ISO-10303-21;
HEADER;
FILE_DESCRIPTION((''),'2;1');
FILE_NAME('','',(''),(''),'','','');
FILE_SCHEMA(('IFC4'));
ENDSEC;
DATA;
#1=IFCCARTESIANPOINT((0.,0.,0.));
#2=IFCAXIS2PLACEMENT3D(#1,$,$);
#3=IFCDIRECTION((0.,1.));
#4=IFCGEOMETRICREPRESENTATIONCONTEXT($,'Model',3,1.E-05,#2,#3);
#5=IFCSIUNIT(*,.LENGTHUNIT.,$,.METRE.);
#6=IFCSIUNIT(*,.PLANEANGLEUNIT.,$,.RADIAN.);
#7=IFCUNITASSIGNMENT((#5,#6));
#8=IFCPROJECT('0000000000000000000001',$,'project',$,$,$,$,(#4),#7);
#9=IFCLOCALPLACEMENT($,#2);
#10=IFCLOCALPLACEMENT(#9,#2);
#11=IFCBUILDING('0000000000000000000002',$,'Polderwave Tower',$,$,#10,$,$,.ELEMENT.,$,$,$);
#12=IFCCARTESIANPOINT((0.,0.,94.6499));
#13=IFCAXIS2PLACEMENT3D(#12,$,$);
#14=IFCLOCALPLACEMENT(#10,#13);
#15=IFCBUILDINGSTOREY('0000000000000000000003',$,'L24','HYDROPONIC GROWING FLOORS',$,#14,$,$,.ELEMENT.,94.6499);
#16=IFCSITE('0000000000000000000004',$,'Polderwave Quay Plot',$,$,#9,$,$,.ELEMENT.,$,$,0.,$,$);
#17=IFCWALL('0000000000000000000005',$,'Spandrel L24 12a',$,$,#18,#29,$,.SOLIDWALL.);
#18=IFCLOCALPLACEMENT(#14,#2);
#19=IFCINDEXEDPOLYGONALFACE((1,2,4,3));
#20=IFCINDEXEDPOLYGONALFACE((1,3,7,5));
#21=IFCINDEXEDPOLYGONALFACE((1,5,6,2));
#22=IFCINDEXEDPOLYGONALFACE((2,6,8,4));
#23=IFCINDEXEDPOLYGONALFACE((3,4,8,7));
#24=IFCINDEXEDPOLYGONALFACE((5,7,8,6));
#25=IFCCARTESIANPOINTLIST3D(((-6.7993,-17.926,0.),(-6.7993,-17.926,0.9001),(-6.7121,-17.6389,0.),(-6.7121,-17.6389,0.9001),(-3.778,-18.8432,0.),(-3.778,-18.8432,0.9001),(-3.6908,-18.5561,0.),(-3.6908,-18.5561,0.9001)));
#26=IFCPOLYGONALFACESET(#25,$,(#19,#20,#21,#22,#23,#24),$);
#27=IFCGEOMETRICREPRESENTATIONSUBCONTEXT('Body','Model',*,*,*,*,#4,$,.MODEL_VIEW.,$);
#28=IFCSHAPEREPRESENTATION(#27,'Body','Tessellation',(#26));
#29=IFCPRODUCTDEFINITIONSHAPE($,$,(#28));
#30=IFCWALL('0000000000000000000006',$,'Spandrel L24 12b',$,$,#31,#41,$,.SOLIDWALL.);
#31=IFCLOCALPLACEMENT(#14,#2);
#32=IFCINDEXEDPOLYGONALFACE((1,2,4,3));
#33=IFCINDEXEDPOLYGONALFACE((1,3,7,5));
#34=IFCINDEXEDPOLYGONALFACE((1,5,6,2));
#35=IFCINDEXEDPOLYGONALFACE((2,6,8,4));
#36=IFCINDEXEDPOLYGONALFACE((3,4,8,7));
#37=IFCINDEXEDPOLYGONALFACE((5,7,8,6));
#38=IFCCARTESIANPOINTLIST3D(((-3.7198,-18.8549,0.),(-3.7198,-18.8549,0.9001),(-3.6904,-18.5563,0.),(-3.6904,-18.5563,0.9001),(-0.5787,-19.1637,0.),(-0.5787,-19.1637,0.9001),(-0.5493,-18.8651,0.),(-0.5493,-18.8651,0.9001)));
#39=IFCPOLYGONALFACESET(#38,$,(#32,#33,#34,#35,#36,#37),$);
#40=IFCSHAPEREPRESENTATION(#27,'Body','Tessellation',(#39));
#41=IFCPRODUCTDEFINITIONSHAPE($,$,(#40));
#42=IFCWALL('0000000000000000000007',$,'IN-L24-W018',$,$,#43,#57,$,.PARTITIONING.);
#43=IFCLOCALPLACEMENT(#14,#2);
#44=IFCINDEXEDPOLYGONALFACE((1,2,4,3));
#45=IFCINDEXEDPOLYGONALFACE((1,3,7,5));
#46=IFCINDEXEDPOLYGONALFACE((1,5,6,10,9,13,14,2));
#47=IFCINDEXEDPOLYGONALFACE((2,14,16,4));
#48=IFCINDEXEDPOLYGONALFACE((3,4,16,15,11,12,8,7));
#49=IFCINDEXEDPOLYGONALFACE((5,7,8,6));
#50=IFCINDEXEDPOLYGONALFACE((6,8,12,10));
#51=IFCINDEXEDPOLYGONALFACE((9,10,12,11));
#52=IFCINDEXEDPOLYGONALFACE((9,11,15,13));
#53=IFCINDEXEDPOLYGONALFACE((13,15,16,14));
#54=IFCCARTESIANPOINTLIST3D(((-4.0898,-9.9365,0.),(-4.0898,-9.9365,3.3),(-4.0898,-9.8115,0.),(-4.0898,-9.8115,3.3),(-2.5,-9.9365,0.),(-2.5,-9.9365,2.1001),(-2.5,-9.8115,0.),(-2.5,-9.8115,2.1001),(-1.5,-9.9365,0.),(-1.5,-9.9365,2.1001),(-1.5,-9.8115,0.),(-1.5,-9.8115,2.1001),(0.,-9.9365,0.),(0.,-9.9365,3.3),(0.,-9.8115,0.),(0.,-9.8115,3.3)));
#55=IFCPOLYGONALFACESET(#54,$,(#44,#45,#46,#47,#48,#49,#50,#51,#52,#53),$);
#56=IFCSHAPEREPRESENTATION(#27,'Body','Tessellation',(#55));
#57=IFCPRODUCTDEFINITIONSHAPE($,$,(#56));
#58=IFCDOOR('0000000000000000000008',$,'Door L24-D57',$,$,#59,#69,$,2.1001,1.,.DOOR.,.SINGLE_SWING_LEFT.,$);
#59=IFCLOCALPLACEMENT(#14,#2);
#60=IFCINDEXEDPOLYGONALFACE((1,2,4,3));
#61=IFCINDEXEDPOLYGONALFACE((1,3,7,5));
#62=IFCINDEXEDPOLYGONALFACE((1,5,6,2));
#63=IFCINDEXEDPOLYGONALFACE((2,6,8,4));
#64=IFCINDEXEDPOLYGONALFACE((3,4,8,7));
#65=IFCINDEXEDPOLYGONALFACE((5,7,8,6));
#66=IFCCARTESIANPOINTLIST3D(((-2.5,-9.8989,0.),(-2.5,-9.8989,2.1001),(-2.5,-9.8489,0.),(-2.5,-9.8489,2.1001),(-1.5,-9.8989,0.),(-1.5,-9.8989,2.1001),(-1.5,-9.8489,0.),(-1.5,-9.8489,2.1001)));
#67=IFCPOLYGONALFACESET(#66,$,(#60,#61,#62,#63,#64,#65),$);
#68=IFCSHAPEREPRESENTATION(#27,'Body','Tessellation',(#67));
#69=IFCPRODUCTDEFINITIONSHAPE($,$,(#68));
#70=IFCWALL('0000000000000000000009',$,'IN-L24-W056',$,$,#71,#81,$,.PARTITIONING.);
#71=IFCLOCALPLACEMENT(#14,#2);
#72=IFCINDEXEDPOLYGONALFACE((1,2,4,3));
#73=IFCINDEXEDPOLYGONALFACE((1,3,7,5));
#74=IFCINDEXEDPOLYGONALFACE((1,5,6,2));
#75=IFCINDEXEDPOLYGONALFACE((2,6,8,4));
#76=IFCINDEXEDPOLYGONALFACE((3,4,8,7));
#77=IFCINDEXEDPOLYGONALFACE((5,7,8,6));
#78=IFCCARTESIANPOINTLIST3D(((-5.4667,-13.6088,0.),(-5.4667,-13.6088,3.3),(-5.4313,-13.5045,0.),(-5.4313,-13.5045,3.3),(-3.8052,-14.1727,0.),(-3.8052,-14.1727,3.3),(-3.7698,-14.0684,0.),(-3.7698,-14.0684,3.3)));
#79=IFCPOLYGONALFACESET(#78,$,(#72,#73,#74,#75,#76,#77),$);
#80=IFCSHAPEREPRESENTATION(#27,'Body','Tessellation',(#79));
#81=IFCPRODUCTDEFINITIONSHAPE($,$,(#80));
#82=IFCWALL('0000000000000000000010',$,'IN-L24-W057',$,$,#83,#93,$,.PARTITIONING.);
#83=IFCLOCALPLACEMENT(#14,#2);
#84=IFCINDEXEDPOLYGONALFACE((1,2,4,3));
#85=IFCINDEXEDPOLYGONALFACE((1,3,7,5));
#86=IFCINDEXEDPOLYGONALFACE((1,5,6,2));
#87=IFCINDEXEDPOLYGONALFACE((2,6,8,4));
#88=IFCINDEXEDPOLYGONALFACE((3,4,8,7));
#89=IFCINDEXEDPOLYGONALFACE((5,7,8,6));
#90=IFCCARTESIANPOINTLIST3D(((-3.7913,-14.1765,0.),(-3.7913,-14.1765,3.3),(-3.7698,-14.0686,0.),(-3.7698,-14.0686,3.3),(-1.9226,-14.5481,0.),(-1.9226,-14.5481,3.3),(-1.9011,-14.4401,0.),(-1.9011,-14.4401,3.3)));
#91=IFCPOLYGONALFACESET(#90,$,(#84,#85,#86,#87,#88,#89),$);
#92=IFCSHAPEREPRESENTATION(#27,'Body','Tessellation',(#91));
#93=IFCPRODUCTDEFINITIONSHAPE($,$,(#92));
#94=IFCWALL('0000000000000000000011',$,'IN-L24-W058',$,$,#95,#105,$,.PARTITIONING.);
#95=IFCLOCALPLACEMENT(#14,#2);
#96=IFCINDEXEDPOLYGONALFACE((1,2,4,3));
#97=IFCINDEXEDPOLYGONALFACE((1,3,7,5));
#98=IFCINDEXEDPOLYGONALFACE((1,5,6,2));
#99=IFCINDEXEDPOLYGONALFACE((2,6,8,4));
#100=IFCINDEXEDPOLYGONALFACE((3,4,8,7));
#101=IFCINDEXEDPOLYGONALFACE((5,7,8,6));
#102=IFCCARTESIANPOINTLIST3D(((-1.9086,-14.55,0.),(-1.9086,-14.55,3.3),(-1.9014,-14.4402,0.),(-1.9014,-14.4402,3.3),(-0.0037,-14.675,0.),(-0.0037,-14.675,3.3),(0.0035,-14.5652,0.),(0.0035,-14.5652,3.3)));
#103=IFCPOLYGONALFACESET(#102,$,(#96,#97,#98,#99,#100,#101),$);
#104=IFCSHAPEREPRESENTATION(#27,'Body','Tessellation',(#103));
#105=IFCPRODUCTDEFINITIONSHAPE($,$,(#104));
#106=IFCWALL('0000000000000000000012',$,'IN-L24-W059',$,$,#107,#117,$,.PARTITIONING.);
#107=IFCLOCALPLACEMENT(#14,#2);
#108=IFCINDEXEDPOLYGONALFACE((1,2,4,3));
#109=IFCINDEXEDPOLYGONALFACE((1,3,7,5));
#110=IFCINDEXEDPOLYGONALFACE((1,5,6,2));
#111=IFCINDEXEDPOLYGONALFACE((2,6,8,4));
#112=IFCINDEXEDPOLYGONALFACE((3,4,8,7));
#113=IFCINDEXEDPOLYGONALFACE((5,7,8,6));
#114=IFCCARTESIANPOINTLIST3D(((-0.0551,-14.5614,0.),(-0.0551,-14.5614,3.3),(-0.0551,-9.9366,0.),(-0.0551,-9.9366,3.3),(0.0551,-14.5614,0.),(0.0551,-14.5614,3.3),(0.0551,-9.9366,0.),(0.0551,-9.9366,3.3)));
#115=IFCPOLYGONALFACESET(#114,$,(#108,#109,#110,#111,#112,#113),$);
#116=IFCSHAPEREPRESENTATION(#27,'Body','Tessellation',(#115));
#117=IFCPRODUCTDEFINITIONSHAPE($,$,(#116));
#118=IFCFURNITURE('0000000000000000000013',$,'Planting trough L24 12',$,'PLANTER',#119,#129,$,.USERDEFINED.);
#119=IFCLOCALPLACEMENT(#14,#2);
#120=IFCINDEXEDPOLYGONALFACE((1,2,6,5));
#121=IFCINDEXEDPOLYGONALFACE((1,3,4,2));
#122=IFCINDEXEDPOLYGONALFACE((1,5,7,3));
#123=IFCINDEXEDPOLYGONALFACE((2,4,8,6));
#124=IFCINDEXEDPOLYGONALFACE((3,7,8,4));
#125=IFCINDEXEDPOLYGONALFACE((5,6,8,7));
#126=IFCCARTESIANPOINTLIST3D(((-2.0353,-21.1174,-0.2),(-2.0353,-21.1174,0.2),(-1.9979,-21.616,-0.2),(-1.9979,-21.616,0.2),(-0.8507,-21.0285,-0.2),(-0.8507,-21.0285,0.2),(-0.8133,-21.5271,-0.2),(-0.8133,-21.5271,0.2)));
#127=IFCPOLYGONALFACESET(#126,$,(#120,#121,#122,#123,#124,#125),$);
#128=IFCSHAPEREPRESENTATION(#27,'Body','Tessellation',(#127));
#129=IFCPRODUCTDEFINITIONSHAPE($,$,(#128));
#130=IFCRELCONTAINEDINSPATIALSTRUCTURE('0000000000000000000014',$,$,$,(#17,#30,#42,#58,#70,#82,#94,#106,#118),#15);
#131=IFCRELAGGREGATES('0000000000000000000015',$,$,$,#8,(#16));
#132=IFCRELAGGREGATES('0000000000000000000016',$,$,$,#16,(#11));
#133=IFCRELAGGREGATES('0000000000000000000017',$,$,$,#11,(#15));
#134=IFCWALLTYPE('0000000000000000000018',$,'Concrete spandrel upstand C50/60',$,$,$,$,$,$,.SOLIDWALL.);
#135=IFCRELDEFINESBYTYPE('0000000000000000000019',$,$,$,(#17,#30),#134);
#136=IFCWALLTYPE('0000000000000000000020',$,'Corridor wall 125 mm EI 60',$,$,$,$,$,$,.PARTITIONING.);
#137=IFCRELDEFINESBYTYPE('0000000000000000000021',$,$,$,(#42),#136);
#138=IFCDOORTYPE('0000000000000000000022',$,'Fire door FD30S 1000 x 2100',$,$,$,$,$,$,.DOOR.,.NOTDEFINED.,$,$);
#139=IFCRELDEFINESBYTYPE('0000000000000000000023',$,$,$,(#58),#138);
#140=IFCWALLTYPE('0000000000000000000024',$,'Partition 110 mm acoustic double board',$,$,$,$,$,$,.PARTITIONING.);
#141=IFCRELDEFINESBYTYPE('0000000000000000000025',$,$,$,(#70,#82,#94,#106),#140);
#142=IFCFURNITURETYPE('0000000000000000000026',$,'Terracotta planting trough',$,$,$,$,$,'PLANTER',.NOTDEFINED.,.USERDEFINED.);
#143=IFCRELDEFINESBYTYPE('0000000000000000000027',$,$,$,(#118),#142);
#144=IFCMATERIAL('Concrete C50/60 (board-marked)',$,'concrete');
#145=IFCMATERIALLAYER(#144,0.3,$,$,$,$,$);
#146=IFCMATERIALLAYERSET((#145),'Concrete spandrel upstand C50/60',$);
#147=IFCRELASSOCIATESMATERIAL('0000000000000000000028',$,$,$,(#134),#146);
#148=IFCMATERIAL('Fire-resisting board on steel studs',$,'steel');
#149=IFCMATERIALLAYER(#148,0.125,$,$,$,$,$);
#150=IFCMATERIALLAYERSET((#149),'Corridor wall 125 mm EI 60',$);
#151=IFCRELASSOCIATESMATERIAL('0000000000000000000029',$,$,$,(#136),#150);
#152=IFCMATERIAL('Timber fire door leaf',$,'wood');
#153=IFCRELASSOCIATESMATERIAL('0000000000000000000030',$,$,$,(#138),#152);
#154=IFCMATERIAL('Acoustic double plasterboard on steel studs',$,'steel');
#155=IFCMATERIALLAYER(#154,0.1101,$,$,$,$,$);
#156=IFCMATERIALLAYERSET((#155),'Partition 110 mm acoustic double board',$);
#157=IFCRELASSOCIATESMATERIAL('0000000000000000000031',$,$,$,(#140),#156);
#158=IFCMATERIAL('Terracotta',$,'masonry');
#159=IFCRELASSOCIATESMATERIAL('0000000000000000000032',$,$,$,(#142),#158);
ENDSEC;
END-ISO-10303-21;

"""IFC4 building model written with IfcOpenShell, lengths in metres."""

from ifc_helpers import new_model, si_unit, direction, frame, frame_2d, origin, origin_2d, place, context, subcontext, project, spatial, rectangle, extrude, material, layer, layer_set, type_object, element, fill, save


model = new_model("IFC4")

# Units and contexts
model_context = context("Model", 3, precision=1e-05, world=origin(), true_north=direction((0.0, 1.0)))
body_context = subcontext(model_context, "Body", "Model", "MODEL_VIEW")
ifc_project = project(units=[si_unit("LENGTHUNIT", "METRE"), si_unit("PLANEANGLEUNIT", "RADIAN")], contexts=[model_context])

# Site, building, storey
site_placement = place(None, origin())
site = spatial("IfcSite", under=ifc_project, at=site_placement, Name="Polderwave Quay Plot", CompositionType="ELEMENT", RefElevation=0.0)
building_placement = place(site_placement, origin())
building = spatial("IfcBuilding", under=site, at=building_placement, Name="Polderwave Tower", CompositionType="ELEMENT")
storey_placement = place(building_placement, frame((0.0, 0.0, 94.6499)))
storey = spatial("IfcBuildingStorey", under=building, at=storey_placement, Name="L24", Description="HYDROPONIC GROWING FLOORS", CompositionType="ELEMENT", Elevation=94.6499)

# Walls
ifc_material_1 = material(Name="Concrete C50/60 (board-marked)", Category="concrete")
ifc_layer_1 = layer(ifc_material_1, 0.3)
ifc_layer_set_1 = layer_set([ifc_layer_1], Name="Concrete spandrel upstand C50/60")
wall_type_1 = type_object("IfcWallType", Name="Concrete spandrel upstand C50/60", PredefinedType="SOLIDWALL", material=ifc_layer_set_1)
wall_1_placement = place(storey_placement, frame((-6.7556, -17.7825, 0.0), z_axis=(0.0, 0.0, 1.0), x_axis=(0.956874, -0.290503, 0.0)))
element("IfcWall", 1, at=wall_1_placement, inside=storey, type_object=wall_type_1, Name="Spandrel L24 12a", PredefinedType="SOLIDWALL", context=body_context, shape_type="SweptSolid", body=[
    extrude(rectangle(XDim=3.1575, YDim=0.3, at=frame_2d((1.5786, 0.0))), origin(), (0.0, 0.0, 1.0), 0.9001),
])
wall_2_placement = place(storey_placement, frame((-3.7051, -18.7056, 0.0), z_axis=(0.0, 0.0, 1.0), x_axis=(0.995201, -0.097849, 0.0)))
element("IfcWall", 2, at=wall_2_placement, inside=storey, type_object=wall_type_1, Name="Spandrel L24 12b", PredefinedType="SOLIDWALL", context=body_context, shape_type="SweptSolid", body=[
    extrude(rectangle(XDim=3.1562, YDim=0.3, at=frame_2d((1.5781, 0.0))), origin(), (0.0, 0.0, 1.0), 0.9001),
])

# Wall, opening, door
ifc_material_2 = material(Name="Fire-resisting board on steel studs", Category="steel")
ifc_layer_2 = layer(ifc_material_2, 0.125)
ifc_layer_set_2 = layer_set([ifc_layer_2], Name="Corridor wall 125 mm EI 60")
wall_type_2 = type_object("IfcWallType", Name="Corridor wall 125 mm EI 60", PredefinedType="PARTITIONING", material=ifc_layer_set_2)
wall_3_placement = place(storey_placement, frame((0.0, -9.874, 0.0), z_axis=(0.0, 0.0, 1.0), x_axis=(-1.0, 0.0, 0.0)))
wall_3 = element("IfcWall", 3, at=wall_3_placement, inside=storey, type_object=wall_type_2, Name="IN-L24-W018", PredefinedType="PARTITIONING", context=body_context, shape_type="SweptSolid", body=[
    extrude(rectangle(XDim=4.0898, YDim=0.125, at=frame_2d((2.0449, 0.0))), origin(), (0.0, 0.0, 1.0), 3.3),
])
opening_1_placement = place(wall_3_placement, frame((1.5, 0.0, 0.0)))
opening_1 = element("IfcOpeningElement", 4, at=opening_1_placement, cuts=wall_3, PredefinedType="OPENING", context=body_context, shape_type="SweptSolid", body=[
    extrude(rectangle(XDim=1.0, YDim=2.1001, at=frame_2d((0.5, 1.05))), frame((0.0, 0.0725, 0.0), z_axis=(0.0, -1.0, 0.0), x_axis=(1.0, 0.0, 0.0)), (0.0, 0.0, 1.0), 0.145),
])
ifc_material_3 = material(Name="Timber fire door leaf", Category="wood")
door_type_1 = type_object("IfcDoorType", Name="Fire door FD30S 1000 x 2100", OperationType="NOTDEFINED", PredefinedType="DOOR", material=ifc_material_3)
door_1_placement = place(opening_1_placement, origin())
door_1 = element("IfcDoor", 5, at=door_1_placement, inside=storey, type_object=door_type_1, Name="Door L24-D57", OperationType="SINGLE_SWING_LEFT", OverallHeight=2.1001, OverallWidth=1.0, PredefinedType="DOOR", context=body_context, shape_type="SweptSolid", body=[
    extrude(rectangle(XDim=1.0, YDim=2.1001, at=frame_2d((0.5, 1.05))), frame((0.0, 0.0249, 0.0), z_axis=(0.0, -1.0, 0.0), x_axis=(1.0, 0.0, 0.0)), (0.0, 0.0, 1.0), 0.05),
])
fill(opening_1, door_1)

# Walls
ifc_material_4 = material(Name="Acoustic double plasterboard on steel studs", Category="steel")
ifc_layer_3 = layer(ifc_material_4, 0.1101)
ifc_layer_set_3 = layer_set([ifc_layer_3], Name="Partition 110 mm acoustic double board")
wall_type_3 = type_object("IfcWallType", Name="Partition 110 mm acoustic double board", PredefinedType="PARTITIONING", material=ifc_layer_set_3)
wall_4_placement = place(storey_placement, frame((-3.7874, -14.1206, 0.0), z_axis=(0.0, 0.0, 1.0), x_axis=(-0.946944, 0.321399, 0.0)))
element("IfcWall", 6, at=wall_4_placement, inside=storey, type_object=wall_type_3, Name="IN-L24-W056", PredefinedType="PARTITIONING", context=body_context, shape_type="SweptSolid", body=[
    extrude(rectangle(XDim=1.7546, YDim=0.1101, at=frame_2d((0.8774, 0.0))), origin(), (0.0, 0.0, 1.0), 3.3),
])
wall_5_placement = place(storey_placement, frame((-1.9119, -14.4941, 0.0), z_axis=(0.0, 0.0, 1.0), x_axis=(-0.980797, 0.195032, 0.0)))
element("IfcWall", 7, at=wall_5_placement, inside=storey, type_object=wall_type_3, Name="IN-L24-W057", PredefinedType="PARTITIONING", context=body_context, shape_type="SweptSolid", body=[
    extrude(rectangle(XDim=1.9053, YDim=0.1101, at=frame_2d((0.9526, 0.0))), origin(), (0.0, 0.0, 1.0), 3.3),
])
wall_6_placement = place(storey_placement, frame((0.0, -14.6201, 0.0), z_axis=(0.0, 0.0, 1.0), x_axis=(-0.997854, 0.065483, 0.0)))
element("IfcWall", 8, at=wall_6_placement, inside=storey, type_object=wall_type_3, Name="IN-L24-W058", PredefinedType="PARTITIONING", context=body_context, shape_type="SweptSolid", body=[
    extrude(rectangle(XDim=1.9089, YDim=0.1101, at=frame_2d((0.9546, 0.0))), origin(), (0.0, 0.0, 1.0), 3.3),
])
wall_7_placement = place(storey_placement, frame((0.0, -9.9365, 0.0), z_axis=(0.0, 0.0, 1.0), x_axis=(0.0, -1.0, 0.0)))
element("IfcWall", 9, at=wall_7_placement, inside=storey, type_object=wall_type_3, Name="IN-L24-W059", PredefinedType="PARTITIONING", context=body_context, shape_type="SweptSolid", body=[
    extrude(rectangle(XDim=4.6248, YDim=0.1101, at=frame_2d((2.3125, 0.0))), origin(), (0.0, 0.0, 1.0), 3.3),
])

# Furniture
ifc_material_5 = material(Name="Terracotta", Category="masonry")
furniture_type = type_object("IfcFurnitureType", Name="Terracotta planting trough", ElementType="PLANTER", AssemblyPlace="NOTDEFINED", PredefinedType="USERDEFINED", material=ifc_material_5)
furniture_placement = place(storey_placement, frame((-1.4243, -21.3223, -0.2), z_axis=(0.0, 0.0, 1.0), x_axis=(0.997199, 0.074793, 0.0)))
element("IfcFurniture", 10, at=furniture_placement, inside=storey, type_object=furniture_type, Name="Planting trough L24 12", ObjectType="PLANTER", PredefinedType="USERDEFINED", context=body_context, shape_type="SweptSolid", body=[
    extrude(rectangle(XDim=1.188, YDim=0.5, at=origin_2d()), origin(), (0.0, 0.0, 1.0), 0.3999),
])

save(model, "model.ifc")
